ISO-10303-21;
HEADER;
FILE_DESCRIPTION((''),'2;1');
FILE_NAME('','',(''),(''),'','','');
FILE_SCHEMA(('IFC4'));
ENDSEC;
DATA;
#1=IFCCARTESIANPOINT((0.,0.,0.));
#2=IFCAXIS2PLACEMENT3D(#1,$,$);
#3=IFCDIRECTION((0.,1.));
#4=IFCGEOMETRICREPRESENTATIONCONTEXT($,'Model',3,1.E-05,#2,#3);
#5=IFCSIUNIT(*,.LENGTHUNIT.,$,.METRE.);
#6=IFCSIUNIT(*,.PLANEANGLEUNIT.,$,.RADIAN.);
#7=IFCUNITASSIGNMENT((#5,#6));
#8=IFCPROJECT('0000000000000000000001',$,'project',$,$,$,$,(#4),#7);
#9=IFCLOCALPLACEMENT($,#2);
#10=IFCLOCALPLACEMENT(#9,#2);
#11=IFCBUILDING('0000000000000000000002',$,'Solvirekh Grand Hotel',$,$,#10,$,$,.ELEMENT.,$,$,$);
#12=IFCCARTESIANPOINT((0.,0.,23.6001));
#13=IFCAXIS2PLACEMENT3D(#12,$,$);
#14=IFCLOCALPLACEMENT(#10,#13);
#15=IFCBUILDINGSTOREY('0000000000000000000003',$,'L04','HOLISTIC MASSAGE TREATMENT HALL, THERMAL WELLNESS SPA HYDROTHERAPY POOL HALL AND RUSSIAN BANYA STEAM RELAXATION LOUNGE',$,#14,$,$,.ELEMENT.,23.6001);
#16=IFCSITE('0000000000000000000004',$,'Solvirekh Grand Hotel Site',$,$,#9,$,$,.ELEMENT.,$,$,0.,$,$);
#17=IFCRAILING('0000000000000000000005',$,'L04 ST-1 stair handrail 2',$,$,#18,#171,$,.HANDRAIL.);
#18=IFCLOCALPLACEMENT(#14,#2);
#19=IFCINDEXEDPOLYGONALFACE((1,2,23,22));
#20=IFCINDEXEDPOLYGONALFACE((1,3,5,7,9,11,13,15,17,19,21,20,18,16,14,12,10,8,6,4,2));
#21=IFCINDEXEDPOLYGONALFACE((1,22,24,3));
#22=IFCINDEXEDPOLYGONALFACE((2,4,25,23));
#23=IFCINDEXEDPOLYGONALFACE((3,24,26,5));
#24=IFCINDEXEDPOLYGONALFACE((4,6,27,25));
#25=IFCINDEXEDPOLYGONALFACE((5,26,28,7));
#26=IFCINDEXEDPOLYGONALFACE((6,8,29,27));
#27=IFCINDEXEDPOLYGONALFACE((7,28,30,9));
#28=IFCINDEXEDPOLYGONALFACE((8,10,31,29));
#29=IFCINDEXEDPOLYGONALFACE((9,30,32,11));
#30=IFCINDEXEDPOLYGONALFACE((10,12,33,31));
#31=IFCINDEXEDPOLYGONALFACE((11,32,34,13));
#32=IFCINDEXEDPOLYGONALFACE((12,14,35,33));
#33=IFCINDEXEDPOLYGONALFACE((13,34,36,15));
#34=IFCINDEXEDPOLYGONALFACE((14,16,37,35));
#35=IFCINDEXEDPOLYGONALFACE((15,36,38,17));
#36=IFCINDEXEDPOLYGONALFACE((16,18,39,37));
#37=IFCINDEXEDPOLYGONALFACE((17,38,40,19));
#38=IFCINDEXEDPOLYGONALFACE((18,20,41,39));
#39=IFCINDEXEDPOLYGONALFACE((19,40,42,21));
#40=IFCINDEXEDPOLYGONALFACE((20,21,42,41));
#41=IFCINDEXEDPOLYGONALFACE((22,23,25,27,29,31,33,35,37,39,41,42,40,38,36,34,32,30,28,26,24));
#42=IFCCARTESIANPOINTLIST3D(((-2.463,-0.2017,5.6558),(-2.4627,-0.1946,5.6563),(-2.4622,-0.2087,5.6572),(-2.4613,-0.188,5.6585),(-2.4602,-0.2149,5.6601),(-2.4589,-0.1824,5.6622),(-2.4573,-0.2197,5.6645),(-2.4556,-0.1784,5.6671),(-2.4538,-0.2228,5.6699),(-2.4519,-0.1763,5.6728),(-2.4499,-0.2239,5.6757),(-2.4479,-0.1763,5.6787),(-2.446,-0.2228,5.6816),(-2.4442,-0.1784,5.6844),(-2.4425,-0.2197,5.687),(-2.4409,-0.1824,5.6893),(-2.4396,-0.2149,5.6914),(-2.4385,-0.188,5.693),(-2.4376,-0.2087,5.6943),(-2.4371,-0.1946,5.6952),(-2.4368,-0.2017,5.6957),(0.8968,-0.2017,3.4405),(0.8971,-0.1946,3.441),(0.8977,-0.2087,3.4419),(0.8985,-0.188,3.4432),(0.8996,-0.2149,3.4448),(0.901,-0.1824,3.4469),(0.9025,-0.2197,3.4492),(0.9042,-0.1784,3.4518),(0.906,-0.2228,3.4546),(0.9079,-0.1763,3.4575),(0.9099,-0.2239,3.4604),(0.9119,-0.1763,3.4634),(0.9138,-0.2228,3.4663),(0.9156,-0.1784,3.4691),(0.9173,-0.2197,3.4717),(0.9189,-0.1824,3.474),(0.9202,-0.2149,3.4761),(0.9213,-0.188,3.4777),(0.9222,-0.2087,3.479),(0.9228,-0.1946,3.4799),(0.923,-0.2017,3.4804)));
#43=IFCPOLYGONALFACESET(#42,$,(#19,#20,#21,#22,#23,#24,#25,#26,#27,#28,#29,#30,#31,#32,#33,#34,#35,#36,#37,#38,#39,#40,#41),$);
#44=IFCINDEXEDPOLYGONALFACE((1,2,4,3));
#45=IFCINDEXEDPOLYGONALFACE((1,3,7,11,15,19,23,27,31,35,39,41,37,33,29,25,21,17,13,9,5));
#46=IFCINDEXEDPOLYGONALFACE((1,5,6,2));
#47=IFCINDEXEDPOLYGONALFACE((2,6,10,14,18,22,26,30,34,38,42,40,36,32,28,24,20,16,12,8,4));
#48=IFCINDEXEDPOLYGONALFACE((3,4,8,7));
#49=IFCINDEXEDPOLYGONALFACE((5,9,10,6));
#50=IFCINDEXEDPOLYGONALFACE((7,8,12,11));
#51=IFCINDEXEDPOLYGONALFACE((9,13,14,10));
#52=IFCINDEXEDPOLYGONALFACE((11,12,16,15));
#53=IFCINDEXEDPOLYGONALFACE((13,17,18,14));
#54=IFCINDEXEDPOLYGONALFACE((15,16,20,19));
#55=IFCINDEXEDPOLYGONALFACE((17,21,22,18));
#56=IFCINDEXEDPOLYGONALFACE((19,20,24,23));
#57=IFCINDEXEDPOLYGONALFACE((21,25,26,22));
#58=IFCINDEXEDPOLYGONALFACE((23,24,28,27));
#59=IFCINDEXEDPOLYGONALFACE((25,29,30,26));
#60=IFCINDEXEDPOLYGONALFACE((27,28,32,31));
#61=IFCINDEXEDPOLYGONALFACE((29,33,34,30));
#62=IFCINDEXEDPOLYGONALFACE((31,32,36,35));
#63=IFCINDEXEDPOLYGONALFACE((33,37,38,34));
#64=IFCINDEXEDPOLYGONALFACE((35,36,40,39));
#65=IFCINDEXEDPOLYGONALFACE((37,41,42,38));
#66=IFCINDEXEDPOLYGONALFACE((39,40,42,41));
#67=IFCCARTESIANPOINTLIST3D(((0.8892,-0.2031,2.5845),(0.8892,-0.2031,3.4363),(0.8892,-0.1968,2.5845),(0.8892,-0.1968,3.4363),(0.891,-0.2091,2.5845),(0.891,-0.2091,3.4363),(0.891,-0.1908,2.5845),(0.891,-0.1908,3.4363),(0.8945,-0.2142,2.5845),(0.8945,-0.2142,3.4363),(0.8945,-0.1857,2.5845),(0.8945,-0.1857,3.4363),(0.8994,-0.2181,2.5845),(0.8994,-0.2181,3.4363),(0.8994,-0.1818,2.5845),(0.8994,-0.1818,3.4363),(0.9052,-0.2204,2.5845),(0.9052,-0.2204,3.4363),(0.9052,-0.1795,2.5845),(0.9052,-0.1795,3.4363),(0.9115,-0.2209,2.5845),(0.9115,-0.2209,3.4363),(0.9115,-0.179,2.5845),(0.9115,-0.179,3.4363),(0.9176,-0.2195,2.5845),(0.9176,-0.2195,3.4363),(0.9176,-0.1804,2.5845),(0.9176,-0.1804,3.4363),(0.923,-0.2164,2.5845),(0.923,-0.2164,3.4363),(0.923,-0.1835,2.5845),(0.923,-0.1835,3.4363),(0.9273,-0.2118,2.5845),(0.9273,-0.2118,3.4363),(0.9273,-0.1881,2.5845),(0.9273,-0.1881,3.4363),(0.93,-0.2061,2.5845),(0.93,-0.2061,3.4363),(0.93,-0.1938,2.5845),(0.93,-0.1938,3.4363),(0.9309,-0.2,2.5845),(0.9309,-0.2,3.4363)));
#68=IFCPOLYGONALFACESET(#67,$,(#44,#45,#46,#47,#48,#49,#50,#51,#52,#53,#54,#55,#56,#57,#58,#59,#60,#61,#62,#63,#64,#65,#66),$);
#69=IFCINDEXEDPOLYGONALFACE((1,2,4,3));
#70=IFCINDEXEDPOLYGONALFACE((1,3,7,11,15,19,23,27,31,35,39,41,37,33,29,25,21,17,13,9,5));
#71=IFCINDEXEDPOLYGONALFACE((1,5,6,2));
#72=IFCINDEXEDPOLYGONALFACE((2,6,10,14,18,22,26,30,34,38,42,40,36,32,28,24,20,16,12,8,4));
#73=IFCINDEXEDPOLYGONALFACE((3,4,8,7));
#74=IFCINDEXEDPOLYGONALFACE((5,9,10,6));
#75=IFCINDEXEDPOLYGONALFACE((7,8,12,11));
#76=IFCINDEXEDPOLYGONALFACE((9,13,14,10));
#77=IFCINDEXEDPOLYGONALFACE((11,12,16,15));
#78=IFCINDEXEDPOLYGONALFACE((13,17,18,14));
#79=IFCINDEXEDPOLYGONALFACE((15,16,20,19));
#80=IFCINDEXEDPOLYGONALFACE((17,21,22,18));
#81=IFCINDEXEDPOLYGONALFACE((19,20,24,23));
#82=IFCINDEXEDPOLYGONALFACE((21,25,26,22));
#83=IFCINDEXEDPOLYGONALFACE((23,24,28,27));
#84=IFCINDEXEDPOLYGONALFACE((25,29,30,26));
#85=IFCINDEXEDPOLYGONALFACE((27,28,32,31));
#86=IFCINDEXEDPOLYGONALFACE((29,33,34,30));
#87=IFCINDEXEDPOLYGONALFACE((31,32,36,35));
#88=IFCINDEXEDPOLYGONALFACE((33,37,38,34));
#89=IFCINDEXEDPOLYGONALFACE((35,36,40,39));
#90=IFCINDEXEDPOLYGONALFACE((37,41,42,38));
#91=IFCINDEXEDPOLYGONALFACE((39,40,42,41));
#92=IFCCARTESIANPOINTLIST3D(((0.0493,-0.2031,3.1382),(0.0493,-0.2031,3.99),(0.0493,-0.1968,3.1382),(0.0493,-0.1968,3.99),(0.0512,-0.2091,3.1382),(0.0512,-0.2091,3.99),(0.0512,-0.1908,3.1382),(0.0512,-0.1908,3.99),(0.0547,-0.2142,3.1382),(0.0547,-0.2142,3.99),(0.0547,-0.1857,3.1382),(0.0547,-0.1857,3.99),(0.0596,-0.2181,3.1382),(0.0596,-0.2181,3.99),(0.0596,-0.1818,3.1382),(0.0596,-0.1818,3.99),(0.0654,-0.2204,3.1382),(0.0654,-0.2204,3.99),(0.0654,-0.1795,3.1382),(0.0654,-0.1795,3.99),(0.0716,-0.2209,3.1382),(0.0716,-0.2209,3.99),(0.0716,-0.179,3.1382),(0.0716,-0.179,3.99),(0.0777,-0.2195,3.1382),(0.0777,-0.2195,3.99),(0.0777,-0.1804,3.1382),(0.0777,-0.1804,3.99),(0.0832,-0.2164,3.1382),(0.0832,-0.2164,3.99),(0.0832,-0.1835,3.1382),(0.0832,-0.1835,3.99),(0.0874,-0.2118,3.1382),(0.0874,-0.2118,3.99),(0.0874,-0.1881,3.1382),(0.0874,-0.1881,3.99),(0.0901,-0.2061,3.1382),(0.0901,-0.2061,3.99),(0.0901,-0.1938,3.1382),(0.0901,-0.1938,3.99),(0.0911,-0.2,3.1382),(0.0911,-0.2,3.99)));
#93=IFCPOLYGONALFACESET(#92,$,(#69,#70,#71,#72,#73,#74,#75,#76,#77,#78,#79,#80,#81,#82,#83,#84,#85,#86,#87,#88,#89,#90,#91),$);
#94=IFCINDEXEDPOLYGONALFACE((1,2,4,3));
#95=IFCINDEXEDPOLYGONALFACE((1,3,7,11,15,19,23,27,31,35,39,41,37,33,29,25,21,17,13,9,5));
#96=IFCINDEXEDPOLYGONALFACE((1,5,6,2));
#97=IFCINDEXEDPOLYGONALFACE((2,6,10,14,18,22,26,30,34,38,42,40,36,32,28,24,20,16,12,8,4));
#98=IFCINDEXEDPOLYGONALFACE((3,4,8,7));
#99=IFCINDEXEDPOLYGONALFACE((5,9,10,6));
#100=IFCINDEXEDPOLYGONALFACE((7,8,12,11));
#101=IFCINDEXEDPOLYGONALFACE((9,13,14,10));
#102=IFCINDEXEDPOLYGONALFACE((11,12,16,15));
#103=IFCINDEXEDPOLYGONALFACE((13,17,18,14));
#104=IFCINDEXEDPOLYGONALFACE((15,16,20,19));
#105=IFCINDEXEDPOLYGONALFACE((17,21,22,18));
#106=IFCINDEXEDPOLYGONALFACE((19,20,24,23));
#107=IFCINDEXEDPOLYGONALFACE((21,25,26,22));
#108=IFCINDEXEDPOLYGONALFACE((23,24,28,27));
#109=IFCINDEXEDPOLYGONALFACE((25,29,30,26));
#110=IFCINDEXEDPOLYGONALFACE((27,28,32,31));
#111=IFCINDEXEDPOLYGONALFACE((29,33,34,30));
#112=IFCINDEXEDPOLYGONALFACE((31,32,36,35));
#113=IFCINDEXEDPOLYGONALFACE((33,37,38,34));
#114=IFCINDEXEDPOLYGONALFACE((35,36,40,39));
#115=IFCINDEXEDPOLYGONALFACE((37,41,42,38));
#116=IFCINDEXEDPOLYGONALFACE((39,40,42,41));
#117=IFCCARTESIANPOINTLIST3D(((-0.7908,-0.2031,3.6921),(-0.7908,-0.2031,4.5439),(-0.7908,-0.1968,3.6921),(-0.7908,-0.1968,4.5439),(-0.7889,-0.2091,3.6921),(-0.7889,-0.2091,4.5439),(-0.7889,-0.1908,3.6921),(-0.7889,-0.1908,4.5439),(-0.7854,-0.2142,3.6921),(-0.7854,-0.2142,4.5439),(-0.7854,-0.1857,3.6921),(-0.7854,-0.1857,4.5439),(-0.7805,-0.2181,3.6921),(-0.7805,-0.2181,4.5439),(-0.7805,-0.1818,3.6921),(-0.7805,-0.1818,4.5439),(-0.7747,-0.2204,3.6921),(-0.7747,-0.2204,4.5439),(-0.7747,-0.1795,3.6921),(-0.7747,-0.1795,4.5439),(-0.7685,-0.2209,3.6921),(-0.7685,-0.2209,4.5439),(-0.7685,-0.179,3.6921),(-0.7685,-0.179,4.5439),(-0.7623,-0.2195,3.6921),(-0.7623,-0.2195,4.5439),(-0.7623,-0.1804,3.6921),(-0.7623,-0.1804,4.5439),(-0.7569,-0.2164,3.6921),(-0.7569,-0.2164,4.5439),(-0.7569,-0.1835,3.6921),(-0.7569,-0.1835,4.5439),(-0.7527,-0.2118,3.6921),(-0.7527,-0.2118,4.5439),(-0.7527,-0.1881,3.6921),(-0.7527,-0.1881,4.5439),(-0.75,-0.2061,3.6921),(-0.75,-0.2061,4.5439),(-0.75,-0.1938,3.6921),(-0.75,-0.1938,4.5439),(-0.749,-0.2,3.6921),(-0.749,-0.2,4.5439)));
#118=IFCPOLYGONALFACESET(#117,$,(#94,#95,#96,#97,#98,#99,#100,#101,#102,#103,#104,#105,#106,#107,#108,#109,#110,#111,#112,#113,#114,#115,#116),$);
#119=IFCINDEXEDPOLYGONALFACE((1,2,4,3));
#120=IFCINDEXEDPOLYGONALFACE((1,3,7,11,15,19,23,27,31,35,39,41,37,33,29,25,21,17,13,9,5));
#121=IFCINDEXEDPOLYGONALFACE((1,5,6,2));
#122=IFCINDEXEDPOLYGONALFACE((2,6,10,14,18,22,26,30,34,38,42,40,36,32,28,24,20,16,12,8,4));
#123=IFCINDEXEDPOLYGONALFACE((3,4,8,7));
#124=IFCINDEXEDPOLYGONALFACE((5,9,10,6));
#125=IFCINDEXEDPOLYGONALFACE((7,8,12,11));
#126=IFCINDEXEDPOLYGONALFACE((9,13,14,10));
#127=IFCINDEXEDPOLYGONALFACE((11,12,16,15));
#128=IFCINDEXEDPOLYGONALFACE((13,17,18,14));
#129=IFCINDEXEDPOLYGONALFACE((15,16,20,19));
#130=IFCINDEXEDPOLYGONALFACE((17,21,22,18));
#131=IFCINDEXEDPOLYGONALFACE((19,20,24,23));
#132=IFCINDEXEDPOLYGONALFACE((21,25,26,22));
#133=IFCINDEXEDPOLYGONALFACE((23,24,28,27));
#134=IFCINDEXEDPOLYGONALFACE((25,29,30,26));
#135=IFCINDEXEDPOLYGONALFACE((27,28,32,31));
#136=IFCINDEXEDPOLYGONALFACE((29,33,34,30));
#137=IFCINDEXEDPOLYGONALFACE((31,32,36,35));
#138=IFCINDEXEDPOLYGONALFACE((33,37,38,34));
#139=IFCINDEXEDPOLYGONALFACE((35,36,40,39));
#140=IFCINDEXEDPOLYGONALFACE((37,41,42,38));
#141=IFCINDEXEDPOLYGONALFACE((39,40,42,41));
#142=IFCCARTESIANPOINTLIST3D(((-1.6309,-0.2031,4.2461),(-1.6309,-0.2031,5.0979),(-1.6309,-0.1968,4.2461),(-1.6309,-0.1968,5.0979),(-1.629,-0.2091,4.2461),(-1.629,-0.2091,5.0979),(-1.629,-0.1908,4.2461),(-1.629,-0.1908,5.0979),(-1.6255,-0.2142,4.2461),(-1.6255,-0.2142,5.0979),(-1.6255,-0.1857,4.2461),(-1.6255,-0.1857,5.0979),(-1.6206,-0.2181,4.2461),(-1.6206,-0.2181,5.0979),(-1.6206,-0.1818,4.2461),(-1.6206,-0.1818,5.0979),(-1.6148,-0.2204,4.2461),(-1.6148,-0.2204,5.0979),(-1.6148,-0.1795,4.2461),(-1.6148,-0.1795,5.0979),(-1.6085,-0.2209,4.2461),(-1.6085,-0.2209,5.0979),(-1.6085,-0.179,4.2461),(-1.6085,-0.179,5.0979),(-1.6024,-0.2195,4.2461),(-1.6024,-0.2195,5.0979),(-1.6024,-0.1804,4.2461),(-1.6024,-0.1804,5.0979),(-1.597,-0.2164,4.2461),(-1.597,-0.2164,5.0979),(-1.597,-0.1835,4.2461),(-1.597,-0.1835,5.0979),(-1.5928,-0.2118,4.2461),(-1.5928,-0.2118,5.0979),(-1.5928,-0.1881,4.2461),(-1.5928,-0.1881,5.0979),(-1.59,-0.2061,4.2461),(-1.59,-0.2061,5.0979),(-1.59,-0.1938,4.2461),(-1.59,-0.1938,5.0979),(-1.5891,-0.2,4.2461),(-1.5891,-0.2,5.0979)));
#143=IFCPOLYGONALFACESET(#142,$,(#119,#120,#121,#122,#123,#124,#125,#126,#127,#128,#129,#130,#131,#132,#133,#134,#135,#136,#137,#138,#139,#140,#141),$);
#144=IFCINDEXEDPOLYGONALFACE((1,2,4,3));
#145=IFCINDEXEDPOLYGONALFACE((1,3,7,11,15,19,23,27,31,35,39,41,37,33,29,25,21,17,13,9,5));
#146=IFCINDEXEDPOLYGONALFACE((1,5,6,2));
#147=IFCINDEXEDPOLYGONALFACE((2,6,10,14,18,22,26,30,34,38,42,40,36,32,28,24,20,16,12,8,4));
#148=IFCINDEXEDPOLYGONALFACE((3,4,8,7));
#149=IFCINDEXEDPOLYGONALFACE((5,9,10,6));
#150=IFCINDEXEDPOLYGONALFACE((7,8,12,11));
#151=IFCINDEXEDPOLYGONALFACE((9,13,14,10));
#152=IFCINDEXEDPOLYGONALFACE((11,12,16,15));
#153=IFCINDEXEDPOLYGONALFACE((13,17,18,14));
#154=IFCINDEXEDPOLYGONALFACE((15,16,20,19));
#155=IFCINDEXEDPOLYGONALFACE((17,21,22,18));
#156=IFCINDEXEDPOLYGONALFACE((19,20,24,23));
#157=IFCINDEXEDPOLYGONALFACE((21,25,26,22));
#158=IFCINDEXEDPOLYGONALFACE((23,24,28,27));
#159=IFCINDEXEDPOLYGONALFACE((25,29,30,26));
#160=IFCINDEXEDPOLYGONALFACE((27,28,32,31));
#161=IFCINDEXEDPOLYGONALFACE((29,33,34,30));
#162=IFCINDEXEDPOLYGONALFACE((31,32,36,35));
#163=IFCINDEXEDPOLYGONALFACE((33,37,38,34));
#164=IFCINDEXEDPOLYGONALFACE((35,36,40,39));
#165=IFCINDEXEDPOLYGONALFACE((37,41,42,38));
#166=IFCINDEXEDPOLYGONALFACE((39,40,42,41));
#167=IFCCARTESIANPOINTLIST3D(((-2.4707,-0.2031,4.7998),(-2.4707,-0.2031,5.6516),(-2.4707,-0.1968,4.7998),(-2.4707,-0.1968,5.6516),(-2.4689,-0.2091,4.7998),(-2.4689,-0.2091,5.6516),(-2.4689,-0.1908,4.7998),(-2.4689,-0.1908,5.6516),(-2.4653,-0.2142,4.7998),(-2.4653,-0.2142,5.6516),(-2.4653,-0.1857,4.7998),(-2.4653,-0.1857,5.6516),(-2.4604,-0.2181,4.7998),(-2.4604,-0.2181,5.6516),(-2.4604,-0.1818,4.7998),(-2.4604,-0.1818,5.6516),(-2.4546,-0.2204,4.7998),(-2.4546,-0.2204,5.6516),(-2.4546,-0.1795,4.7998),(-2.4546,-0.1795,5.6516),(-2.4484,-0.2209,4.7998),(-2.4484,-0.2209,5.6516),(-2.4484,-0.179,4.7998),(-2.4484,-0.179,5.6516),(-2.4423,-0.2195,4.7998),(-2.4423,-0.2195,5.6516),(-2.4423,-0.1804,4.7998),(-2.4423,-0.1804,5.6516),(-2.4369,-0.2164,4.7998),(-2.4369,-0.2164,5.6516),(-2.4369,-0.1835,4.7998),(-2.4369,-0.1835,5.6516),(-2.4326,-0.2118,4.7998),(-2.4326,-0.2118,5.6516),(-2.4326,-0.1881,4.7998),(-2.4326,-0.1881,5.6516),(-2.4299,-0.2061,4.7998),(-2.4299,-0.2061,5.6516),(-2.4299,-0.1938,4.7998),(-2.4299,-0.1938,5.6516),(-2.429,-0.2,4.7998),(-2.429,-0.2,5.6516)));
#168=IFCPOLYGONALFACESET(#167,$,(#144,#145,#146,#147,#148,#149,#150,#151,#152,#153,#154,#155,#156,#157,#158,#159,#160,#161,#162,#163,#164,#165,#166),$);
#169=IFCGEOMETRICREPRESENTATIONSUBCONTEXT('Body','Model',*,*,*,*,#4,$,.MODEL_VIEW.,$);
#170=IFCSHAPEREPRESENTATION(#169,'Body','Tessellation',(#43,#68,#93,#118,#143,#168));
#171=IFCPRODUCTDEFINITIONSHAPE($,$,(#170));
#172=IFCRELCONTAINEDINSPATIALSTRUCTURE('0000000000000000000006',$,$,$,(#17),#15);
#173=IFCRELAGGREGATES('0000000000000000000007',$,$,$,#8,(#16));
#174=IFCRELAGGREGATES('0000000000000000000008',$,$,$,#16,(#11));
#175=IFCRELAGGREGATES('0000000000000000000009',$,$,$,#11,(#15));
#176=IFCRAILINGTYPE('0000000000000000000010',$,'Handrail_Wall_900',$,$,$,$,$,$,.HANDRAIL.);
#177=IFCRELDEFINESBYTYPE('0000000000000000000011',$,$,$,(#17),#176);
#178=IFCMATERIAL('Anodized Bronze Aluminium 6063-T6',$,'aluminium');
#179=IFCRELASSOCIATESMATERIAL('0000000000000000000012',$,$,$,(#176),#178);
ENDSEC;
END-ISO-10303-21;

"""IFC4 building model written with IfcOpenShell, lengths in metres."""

from ifc_helpers import new_model, si_unit, direction, frame, origin, origin_2d, place, context, subcontext, project, spatial, circle, extrude, material, type_object, element, save


model = new_model("IFC4")

# Units and contexts
model_context = context("Model", 3, precision=1e-05, world=origin(), true_north=direction((0.0, 1.0)))
body_context = subcontext(model_context, "Body", "Model", "MODEL_VIEW")
ifc_project = project(units=[si_unit("LENGTHUNIT", "METRE"), si_unit("PLANEANGLEUNIT", "RADIAN")], contexts=[model_context])

# Site, building, storey
site_placement = place(None, origin())
site = spatial("IfcSite", under=ifc_project, at=site_placement, Name="Solvirekh Grand Hotel Site", CompositionType="ELEMENT", RefElevation=0.0)
building_placement = place(site_placement, origin())
building = spatial("IfcBuilding", under=site, at=building_placement, Name="Solvirekh Grand Hotel", CompositionType="ELEMENT")
storey_placement = place(building_placement, frame((0.0, 0.0, 23.6001)))
storey = spatial("IfcBuildingStorey", under=building, at=storey_placement, Name="L04", Description="HOLISTIC MASSAGE TREATMENT HALL, THERMAL WELLNESS SPA HYDROTHERAPY POOL HALL AND RUSSIAN BANYA STEAM RELAXATION LOUNGE", CompositionType="ELEMENT", Elevation=23.6001)

# Railing
ifc_material_1 = material(Name="Anodized Bronze Aluminium 6063-T6", Category="aluminium")
railing_type_1 = type_object("IfcRailingType", Name="Handrail_Wall_900", PredefinedType="HANDRAIL", material=ifc_material_1)
railing_1_placement = place(storey_placement, frame((0.9099, -0.2, 2.5845)))
element("IfcRailing", 1, at=railing_1_placement, inside=storey, type_object=railing_type_1, Name="L04 ST-1 stair handrail 2", PredefinedType="HANDRAIL", context=body_context, shape_type="SweptSolid", body=[
    extrude(circle(Radius=0.0239, at=origin_2d()), frame((0.0, 0.0, 0.876), z_axis=(-0.834858, 0.0, 0.550465), x_axis=(0.0, -1.0, 0.0)), (0.0, 0.0, 1.0), 4.0244),
    extrude(circle(Radius=0.021, at=origin_2d()), origin(), (0.0, 0.0, 1.0), 0.8518),
    extrude(circle(Radius=0.021, at=origin_2d()), frame((-0.8398, 0.0, 0.5537)), (0.0, 0.0, 1.0), 0.8518),
    extrude(circle(Radius=0.021, at=origin_2d()), frame((-1.6799, 0.0, 1.1077)), (0.0, 0.0, 1.0), 0.8518),
    extrude(circle(Radius=0.021, at=origin_2d()), frame((-2.52, 0.0, 1.6616)), (0.0, 0.0, 1.0), 0.8518),
    extrude(circle(Radius=0.021, at=origin_2d()), frame((-3.3599, 0.0, 2.2153)), (0.0, 0.0, 1.0), 0.8518),
])

save(model, "model.ifc")
